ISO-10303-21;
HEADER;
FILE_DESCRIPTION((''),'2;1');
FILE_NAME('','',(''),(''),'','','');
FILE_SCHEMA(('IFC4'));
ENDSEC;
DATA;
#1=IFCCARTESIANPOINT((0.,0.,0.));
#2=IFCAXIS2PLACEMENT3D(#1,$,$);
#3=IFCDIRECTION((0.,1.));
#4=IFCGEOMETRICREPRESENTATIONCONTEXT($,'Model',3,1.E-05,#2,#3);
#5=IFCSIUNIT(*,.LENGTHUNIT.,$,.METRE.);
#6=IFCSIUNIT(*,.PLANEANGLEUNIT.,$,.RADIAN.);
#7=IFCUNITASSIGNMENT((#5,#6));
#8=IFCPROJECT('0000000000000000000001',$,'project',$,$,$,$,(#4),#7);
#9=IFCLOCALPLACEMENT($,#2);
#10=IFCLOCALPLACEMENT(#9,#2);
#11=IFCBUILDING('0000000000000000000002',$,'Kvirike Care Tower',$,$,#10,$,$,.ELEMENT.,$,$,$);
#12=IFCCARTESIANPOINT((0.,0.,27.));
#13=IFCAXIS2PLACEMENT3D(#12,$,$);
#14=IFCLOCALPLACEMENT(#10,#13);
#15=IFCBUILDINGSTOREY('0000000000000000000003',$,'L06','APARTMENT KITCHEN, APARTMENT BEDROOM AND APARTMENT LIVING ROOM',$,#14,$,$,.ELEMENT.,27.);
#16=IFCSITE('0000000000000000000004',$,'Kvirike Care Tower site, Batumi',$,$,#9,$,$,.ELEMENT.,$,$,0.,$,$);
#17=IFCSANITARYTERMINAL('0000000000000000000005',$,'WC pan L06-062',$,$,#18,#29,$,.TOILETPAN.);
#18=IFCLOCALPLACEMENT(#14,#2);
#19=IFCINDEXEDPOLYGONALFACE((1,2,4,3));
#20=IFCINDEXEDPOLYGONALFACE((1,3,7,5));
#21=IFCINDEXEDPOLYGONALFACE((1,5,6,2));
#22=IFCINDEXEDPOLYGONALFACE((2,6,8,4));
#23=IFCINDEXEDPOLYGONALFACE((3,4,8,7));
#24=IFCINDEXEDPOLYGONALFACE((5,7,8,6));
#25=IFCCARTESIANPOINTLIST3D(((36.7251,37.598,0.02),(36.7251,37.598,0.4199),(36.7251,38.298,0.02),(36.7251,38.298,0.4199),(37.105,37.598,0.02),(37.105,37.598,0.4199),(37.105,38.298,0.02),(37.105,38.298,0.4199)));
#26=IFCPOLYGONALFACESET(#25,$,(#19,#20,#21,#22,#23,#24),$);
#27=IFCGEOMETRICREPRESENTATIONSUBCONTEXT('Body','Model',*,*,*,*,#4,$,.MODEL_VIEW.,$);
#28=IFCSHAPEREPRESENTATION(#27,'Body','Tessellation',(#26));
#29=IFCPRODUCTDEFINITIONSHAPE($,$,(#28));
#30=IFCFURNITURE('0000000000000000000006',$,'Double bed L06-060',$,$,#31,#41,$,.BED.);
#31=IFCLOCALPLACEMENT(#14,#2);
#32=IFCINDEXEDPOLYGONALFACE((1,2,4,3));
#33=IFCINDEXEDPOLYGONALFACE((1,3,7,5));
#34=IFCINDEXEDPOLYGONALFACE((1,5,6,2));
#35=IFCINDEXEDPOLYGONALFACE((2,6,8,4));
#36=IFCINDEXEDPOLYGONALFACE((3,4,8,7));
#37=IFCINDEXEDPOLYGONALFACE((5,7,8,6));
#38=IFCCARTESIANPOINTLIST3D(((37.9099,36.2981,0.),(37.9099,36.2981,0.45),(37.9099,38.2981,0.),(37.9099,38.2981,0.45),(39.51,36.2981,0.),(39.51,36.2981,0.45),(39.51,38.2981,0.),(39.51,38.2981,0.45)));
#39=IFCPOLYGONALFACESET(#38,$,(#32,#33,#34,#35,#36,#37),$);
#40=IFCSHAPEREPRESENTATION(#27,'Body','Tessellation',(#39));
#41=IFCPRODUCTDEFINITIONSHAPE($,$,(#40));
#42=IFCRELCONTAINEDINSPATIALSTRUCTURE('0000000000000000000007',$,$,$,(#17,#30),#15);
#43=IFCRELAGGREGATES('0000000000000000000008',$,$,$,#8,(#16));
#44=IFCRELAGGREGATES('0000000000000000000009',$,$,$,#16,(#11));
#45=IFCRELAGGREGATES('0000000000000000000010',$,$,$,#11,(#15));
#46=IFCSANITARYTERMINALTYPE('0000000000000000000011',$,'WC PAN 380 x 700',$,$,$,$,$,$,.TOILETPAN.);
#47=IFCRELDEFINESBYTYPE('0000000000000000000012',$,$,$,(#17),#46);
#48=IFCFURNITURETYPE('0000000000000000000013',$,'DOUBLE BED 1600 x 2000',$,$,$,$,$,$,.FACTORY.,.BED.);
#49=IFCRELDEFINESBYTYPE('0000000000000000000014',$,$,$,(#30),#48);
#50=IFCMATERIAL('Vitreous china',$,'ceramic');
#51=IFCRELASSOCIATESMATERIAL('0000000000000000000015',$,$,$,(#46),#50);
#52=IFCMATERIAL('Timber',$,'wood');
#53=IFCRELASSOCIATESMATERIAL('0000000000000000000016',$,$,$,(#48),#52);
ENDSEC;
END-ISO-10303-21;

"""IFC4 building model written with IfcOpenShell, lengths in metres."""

from ifc_helpers import new_model, si_unit, direction, frame, origin, origin_2d, place, context, subcontext, project, spatial, rectangle, extrude, material, type_object, element, save


model = new_model("IFC4")

# Units and contexts
model_context = context("Model", 3, precision=1e-05, world=origin(), true_north=direction((0.0, 1.0)))
body_context = subcontext(model_context, "Body", "Model", "MODEL_VIEW")
ifc_project = project(units=[si_unit("LENGTHUNIT", "METRE"), si_unit("PLANEANGLEUNIT", "RADIAN")], contexts=[model_context])

# Site, building, storey
site_placement = place(None, origin())
site = spatial("IfcSite", under=ifc_project, at=site_placement, Name="Kvirike Care Tower site, Batumi", CompositionType="ELEMENT", RefElevation=0.0)
building_placement = place(site_placement, origin())
building = spatial("IfcBuilding", under=site, at=building_placement, Name="Kvirike Care Tower", CompositionType="ELEMENT")
storey_placement = place(building_placement, frame((0.0, 0.0, 27.0)))
storey = spatial("IfcBuildingStorey", under=building, at=storey_placement, Name="L06", Description="APARTMENT KITCHEN, APARTMENT BEDROOM AND APARTMENT LIVING ROOM", CompositionType="ELEMENT", Elevation=27.0)

# Sanitary terminal
ifc_material_1 = material(Name="Vitreous china", Category="ceramic")
sanitary_terminal_type_1 = type_object("IfcSanitaryTerminalType", Name="WC PAN 380 x 700", PredefinedType="TOILETPAN", material=ifc_material_1)
sanitary_terminal_1_placement = place(storey_placement, frame((36.915, 37.948, 0.02), z_axis=(0.0, 0.0, 1.0), x_axis=(1.0, 0.0, 0.0)))
element("IfcSanitaryTerminal", 1, at=sanitary_terminal_1_placement, inside=storey, type_object=sanitary_terminal_type_1, Name="WC pan L06-062", PredefinedType="TOILETPAN", context=body_context, shape_type="SweptSolid", body=[
    extrude(rectangle(XDim=0.3799, YDim=0.7, at=origin_2d()), origin(), (0.0, 0.0, 1.0), 0.3999),
])

# Furniture
ifc_material_2 = material(Name="Timber", Category="wood")
furniture_type = type_object("IfcFurnitureType", Name="DOUBLE BED 1600 x 2000", AssemblyPlace="FACTORY", PredefinedType="BED", material=ifc_material_2)
furniture_placement = place(storey_placement, frame((38.71, 37.2981, 0.0), z_axis=(0.0, 0.0, 1.0), x_axis=(1.0, 0.0, 0.0)))
element("IfcFurniture", 2, at=furniture_placement, inside=storey, type_object=furniture_type, Name="Double bed L06-060", PredefinedType="BED", context=body_context, shape_type="SweptSolid", body=[
    extrude(rectangle(XDim=1.6001, YDim=2.0, at=origin_2d()), origin(), (0.0, 0.0, 1.0), 0.45),
])

save(model, "model.ifc")
